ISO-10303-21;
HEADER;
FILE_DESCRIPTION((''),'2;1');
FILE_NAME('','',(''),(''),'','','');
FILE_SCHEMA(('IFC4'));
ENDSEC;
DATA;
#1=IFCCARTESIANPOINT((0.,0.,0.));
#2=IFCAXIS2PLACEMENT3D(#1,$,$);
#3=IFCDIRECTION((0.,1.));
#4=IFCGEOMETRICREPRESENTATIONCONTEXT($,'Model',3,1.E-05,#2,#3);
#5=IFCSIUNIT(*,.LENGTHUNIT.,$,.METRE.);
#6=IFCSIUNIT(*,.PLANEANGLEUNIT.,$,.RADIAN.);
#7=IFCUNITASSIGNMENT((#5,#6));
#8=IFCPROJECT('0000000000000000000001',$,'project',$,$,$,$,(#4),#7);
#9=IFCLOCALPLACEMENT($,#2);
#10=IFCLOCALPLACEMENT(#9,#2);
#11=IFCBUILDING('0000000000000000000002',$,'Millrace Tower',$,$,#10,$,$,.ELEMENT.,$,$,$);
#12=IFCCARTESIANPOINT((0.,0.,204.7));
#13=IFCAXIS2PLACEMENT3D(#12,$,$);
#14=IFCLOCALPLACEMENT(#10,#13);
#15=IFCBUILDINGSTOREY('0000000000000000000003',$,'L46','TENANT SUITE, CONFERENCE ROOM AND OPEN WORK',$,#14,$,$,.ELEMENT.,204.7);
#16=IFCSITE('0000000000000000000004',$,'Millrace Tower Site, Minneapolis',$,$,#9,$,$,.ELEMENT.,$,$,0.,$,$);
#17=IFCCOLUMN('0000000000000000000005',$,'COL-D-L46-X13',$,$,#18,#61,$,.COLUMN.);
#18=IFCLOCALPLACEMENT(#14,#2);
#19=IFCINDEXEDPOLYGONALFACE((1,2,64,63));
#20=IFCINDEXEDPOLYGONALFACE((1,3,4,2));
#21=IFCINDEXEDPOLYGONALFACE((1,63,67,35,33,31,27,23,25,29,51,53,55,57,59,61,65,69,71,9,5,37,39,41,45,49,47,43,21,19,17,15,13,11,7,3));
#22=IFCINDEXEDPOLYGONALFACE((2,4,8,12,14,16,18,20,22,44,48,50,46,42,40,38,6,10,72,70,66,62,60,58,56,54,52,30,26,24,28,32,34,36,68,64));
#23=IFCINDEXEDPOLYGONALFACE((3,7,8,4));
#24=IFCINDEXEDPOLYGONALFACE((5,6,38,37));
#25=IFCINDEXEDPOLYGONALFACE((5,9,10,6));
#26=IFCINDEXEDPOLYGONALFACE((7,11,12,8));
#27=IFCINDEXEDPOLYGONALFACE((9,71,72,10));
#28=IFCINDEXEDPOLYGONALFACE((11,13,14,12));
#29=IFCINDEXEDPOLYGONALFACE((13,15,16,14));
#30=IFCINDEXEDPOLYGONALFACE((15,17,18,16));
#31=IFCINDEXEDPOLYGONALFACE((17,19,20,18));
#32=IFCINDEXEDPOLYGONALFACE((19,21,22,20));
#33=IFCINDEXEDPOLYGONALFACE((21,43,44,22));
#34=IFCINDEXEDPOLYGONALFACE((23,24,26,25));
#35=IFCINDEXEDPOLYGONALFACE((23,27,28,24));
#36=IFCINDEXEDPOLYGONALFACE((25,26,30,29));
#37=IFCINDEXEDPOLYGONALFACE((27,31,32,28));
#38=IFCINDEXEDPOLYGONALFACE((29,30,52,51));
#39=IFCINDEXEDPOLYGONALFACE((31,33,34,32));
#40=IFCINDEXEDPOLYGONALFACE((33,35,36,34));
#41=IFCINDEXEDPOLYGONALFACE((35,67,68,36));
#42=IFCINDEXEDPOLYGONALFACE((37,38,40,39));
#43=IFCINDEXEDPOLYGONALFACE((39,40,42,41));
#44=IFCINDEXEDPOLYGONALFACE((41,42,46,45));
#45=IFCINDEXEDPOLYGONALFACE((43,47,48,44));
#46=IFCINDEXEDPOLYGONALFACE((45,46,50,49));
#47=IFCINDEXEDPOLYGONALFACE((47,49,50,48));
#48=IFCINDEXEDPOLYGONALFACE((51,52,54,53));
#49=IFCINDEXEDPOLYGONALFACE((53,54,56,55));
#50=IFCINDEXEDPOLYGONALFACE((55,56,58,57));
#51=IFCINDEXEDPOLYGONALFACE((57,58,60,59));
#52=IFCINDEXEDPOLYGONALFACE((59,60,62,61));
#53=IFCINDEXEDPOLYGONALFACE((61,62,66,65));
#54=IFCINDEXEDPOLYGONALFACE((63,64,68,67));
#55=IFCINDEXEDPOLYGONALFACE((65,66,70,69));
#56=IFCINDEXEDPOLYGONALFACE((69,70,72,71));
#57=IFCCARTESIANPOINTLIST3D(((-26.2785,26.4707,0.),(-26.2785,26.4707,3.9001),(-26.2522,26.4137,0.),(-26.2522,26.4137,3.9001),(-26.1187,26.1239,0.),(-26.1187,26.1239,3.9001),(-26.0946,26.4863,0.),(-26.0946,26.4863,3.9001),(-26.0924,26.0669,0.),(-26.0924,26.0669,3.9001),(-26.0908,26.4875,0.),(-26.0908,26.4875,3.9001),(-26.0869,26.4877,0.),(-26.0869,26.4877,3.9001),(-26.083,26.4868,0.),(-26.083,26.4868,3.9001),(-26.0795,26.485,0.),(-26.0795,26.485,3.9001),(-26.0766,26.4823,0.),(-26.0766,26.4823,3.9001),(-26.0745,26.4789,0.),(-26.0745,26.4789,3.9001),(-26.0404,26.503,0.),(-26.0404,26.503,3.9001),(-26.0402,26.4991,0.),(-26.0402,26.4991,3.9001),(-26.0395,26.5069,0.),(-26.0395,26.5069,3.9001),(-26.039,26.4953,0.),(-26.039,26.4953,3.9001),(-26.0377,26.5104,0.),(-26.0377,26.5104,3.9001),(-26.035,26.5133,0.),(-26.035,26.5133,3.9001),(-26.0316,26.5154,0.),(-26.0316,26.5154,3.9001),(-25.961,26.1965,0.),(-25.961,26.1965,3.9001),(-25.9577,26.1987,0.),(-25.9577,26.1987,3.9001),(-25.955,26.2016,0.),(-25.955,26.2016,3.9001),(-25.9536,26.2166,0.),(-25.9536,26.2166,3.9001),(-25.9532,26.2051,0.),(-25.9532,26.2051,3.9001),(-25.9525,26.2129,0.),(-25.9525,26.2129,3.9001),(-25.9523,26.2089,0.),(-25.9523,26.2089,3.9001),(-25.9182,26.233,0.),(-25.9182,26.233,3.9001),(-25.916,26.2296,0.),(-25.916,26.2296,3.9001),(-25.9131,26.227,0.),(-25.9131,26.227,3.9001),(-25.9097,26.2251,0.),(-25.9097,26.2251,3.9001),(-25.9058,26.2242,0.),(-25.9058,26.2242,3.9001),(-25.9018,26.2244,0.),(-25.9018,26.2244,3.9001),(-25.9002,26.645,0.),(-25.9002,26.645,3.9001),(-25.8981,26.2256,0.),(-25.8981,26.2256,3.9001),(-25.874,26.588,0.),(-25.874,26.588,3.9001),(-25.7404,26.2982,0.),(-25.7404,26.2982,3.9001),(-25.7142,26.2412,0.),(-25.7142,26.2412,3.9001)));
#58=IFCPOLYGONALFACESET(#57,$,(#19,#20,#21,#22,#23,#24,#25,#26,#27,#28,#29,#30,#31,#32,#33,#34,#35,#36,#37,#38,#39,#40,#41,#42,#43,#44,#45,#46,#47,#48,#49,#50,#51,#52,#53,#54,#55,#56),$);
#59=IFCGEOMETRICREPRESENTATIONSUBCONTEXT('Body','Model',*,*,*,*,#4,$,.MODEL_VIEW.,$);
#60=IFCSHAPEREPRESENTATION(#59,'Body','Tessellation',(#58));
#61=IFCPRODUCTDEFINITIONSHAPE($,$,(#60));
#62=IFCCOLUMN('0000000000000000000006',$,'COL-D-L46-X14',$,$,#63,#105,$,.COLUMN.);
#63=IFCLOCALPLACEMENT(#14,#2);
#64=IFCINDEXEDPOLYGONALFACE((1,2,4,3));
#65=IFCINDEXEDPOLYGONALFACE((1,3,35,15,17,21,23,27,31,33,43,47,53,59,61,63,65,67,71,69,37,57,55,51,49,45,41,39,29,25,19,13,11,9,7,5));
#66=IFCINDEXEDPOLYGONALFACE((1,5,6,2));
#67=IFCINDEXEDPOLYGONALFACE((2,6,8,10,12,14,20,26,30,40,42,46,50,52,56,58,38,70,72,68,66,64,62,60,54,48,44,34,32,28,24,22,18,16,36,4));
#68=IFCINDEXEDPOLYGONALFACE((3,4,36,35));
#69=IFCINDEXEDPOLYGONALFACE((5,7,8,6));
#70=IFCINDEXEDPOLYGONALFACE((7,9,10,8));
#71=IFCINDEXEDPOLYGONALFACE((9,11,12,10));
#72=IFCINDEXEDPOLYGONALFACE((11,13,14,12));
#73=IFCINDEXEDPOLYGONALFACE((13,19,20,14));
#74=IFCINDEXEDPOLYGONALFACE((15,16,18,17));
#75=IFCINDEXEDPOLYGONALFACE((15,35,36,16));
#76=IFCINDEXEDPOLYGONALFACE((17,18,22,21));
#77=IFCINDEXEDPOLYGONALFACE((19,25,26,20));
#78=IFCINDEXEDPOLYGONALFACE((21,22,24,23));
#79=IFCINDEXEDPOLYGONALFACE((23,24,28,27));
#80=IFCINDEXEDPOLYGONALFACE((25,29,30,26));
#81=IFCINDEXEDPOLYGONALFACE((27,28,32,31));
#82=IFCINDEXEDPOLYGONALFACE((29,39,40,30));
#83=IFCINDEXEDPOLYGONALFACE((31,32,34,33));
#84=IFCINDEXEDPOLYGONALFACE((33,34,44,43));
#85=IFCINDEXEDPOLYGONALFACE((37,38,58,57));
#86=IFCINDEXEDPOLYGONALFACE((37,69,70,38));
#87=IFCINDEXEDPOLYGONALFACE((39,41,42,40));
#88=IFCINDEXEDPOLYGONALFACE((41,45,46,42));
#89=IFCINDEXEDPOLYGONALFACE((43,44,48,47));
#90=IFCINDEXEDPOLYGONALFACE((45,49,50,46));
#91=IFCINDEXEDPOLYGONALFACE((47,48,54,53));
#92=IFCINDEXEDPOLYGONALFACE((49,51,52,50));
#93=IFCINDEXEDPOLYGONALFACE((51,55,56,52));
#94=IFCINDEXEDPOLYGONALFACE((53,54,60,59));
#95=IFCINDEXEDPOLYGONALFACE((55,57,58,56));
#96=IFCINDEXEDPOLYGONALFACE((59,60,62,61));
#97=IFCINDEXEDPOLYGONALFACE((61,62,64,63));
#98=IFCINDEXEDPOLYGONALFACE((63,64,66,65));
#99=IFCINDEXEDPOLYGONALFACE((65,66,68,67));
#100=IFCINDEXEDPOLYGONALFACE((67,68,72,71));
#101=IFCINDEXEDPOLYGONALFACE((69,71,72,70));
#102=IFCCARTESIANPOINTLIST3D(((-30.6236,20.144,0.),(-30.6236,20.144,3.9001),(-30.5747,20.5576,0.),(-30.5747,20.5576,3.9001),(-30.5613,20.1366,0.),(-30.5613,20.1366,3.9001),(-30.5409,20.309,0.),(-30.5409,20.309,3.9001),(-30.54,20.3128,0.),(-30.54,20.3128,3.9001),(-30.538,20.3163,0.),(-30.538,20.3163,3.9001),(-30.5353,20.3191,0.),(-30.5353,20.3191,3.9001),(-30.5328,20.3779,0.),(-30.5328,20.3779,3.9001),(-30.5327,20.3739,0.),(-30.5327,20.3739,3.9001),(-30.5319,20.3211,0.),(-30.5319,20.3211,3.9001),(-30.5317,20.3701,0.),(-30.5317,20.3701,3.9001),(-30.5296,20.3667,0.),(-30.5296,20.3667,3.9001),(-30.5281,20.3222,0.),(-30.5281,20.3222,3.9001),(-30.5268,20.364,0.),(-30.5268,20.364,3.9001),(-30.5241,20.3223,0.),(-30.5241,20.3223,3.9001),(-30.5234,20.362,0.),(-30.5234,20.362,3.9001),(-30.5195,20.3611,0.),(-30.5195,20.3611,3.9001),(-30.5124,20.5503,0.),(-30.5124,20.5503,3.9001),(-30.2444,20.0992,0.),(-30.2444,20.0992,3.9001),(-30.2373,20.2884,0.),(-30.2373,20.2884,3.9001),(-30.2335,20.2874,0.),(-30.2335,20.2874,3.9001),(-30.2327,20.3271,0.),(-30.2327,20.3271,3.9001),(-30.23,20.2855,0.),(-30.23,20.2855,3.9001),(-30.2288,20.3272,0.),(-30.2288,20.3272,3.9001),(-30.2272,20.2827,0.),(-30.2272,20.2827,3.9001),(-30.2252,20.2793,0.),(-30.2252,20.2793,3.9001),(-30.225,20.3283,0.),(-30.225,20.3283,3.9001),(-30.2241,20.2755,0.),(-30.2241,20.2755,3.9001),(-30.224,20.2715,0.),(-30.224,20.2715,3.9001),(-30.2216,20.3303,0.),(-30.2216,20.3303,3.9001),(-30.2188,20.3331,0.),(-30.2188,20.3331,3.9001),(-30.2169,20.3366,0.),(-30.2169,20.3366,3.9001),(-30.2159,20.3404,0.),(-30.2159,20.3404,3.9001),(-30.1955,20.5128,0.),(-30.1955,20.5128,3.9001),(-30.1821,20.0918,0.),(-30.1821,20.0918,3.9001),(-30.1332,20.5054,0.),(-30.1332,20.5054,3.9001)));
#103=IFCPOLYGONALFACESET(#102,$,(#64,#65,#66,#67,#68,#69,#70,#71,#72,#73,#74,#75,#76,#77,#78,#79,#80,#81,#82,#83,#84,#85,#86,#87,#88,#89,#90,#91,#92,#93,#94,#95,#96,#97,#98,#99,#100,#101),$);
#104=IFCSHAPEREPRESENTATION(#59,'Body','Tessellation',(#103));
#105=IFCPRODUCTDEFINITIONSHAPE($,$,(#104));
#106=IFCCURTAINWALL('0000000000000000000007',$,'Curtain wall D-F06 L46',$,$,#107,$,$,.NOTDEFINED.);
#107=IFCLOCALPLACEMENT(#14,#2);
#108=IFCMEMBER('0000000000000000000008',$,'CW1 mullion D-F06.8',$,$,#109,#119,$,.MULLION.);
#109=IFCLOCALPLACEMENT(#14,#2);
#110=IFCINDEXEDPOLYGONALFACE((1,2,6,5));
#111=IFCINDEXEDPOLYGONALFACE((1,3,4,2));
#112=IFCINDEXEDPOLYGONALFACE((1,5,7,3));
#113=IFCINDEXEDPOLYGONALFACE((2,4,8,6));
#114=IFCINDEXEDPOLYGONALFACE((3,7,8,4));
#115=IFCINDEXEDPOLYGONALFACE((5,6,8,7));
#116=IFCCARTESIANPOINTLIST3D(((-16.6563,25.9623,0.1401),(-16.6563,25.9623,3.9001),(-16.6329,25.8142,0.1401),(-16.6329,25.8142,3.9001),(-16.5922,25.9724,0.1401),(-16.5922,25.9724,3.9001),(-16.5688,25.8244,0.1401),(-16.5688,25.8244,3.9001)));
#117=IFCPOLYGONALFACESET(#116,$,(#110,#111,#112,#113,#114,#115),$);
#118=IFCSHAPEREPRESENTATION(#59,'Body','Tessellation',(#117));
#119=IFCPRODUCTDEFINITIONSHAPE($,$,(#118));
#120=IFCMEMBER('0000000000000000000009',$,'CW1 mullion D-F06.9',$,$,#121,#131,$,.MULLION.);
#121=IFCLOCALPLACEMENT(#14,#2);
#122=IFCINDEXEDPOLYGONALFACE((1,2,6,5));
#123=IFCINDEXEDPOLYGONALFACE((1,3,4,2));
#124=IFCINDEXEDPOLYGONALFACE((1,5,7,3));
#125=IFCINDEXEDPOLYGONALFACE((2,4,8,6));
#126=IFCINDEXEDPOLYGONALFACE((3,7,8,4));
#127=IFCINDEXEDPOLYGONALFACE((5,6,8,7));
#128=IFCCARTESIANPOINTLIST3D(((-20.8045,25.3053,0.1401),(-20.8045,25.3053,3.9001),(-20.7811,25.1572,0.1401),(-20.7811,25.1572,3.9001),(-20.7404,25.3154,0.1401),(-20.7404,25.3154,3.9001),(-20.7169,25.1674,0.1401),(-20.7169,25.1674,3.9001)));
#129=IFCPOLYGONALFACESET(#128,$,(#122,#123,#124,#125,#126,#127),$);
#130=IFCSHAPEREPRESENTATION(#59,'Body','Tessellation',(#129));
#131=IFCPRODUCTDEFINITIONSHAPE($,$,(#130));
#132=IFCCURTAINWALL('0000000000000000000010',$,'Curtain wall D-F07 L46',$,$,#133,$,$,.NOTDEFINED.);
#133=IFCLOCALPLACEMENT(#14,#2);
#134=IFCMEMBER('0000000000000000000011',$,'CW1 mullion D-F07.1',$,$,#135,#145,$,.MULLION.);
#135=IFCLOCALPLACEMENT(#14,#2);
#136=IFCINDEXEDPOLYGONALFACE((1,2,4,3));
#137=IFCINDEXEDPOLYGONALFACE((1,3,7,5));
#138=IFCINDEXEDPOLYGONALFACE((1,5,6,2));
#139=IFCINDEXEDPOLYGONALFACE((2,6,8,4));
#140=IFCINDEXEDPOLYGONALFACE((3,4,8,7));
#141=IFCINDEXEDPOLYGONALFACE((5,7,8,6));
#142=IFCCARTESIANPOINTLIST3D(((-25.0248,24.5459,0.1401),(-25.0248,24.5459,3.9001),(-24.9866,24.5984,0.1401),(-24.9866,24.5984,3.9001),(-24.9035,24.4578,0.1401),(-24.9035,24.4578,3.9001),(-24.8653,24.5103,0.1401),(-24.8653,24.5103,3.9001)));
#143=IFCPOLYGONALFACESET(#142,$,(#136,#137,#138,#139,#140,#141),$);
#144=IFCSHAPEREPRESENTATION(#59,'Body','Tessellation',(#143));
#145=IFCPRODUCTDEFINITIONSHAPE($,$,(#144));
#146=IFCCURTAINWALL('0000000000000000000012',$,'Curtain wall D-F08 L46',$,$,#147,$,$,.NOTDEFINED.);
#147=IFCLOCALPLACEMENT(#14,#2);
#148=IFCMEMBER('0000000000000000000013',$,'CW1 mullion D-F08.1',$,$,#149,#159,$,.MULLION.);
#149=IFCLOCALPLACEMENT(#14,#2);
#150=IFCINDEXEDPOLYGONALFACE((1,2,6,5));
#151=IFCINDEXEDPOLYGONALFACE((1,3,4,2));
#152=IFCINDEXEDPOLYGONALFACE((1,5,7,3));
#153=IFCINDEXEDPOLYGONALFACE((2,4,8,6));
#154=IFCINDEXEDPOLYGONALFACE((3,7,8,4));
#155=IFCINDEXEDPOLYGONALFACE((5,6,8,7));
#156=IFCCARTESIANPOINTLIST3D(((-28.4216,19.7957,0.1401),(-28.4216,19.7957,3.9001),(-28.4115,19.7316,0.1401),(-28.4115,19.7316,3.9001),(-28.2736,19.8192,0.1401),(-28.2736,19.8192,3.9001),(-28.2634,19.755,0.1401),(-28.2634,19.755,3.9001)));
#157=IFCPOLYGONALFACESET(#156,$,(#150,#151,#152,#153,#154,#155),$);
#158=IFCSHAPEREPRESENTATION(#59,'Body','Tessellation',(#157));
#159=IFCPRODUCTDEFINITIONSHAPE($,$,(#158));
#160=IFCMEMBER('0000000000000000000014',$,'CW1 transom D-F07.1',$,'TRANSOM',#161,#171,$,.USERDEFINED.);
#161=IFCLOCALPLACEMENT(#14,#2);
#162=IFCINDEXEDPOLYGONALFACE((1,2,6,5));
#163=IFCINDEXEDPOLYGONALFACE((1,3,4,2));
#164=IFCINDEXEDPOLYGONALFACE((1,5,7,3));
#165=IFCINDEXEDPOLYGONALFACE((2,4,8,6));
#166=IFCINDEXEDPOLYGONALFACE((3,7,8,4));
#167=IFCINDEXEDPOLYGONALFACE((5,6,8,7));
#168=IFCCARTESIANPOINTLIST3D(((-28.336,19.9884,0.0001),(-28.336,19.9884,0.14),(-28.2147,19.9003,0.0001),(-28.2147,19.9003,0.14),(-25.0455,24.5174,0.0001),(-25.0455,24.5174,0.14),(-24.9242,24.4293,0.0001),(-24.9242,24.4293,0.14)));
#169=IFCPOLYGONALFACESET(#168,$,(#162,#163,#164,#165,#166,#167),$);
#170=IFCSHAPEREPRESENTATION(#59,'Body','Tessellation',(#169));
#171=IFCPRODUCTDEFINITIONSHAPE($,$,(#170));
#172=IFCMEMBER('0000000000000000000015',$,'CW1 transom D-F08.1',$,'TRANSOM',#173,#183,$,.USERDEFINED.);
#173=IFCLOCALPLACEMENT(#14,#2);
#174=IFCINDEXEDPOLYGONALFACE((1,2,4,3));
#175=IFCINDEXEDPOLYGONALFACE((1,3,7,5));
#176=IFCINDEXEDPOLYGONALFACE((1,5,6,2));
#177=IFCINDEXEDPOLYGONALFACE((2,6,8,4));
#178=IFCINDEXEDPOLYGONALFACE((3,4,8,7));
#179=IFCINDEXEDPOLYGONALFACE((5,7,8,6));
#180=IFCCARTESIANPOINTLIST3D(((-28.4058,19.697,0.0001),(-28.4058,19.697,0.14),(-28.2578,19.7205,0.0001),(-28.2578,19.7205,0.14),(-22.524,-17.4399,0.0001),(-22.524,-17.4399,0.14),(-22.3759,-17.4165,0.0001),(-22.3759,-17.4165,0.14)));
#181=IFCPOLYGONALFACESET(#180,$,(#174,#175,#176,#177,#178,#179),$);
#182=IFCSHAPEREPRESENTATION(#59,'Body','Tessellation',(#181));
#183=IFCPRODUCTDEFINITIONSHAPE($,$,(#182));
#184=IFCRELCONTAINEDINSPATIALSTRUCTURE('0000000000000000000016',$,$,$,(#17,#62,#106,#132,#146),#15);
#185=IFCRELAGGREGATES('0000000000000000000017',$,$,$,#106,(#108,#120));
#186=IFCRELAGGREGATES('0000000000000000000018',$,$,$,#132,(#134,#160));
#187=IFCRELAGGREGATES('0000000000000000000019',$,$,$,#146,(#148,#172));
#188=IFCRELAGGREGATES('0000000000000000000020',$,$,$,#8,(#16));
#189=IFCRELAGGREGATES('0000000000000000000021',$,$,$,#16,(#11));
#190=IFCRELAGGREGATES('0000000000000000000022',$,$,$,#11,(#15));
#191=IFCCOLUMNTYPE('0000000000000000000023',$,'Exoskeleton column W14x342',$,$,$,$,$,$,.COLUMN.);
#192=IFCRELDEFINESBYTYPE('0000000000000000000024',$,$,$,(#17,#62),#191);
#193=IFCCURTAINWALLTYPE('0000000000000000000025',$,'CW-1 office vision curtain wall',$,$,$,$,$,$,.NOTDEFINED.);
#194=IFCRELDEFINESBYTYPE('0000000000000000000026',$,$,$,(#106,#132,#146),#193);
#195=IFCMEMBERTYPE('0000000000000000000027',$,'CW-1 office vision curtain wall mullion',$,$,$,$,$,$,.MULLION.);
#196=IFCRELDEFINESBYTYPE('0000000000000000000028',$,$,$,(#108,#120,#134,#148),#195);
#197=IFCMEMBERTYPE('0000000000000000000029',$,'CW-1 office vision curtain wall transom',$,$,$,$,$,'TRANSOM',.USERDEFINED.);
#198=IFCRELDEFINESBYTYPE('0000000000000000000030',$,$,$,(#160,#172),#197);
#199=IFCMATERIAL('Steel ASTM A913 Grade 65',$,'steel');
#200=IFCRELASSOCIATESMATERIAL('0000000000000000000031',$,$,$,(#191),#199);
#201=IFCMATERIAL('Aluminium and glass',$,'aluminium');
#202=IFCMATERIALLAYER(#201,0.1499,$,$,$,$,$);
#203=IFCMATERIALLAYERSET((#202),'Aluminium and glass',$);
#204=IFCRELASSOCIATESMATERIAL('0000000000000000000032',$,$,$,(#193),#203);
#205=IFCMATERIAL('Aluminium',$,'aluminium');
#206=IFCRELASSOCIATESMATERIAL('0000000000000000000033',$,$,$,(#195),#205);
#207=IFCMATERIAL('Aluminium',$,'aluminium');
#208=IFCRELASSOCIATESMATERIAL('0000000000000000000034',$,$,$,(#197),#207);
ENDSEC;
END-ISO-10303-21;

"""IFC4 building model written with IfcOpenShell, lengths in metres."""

from ifc_helpers import new_model, si_unit, direction, frame, origin, origin_2d, place, context, subcontext, project, spatial, rectangle, i_section, extrude, material, layer, layer_set, material_profile, profile_set, type_object, element, aggregate, save


model = new_model("IFC4")

# Units and contexts
model_context = context("Model", 3, precision=1e-05, world=origin(), true_north=direction((0.0, 1.0)))
body_context = subcontext(model_context, "Body", "Model", "MODEL_VIEW")
ifc_project = project(units=[si_unit("LENGTHUNIT", "METRE"), si_unit("PLANEANGLEUNIT", "RADIAN")], contexts=[model_context])

# Site, building, storey
site_placement = place(None, origin())
site = spatial("IfcSite", under=ifc_project, at=site_placement, Name="Millrace Tower Site, Minneapolis", CompositionType="ELEMENT", RefElevation=0.0)
building_placement = place(site_placement, origin())
building = spatial("IfcBuilding", under=site, at=building_placement, Name="Millrace Tower", CompositionType="ELEMENT")
storey_placement = place(building_placement, frame((0.0, 0.0, 204.7)))
storey = spatial("IfcBuildingStorey", under=building, at=storey_placement, Name="L46", Description="TENANT SUITE, CONFERENCE ROOM AND OPEN WORK", CompositionType="ELEMENT", Elevation=204.7)

# Columns
ifc_material_1 = material(Name="Steel ASTM A913 Grade 65", Category="steel")
ifc_material_profile_1 = material_profile(ifc_material_1, i_section(OverallWidth=0.4165, OverallDepth=0.4446, WebThickness=0.0391, FlangeThickness=0.0627, FilletRadius=0.0151, at=origin_2d()))
ifc_profile_set_1 = profile_set([ifc_material_profile_1], Name="Steel ASTM A913 Grade 65")
column_type = type_object("IfcColumnType", Name="Exoskeleton column W14x342", PredefinedType="COLUMN", material=ifc_profile_set_1)
for number, where, z_axis, x_axis, name in (
    (1, (-25.9963, 26.356, 0.0), (0.0, 0.0, 1.0), (-0.908192, -0.418553, 0.0), "COL-D-L46-X13"),
    (2, (-30.3784, 20.3247, 0.0), (0.0, 0.0, 1.0), (-0.117421, -0.993082, 0.0), "COL-D-L46-X14"),
):
    element("IfcColumn", number, at=place(storey_placement, frame(where, z_axis=z_axis, x_axis=x_axis)), inside=storey, type_object=column_type, Name=name, PredefinedType="COLUMN", context=body_context, shape_type="SweptSolid", body=[
        extrude(i_section(OverallWidth=0.4165, OverallDepth=0.4446, WebThickness=0.0391, FlangeThickness=0.0627, FilletRadius=0.0151, at=origin_2d()), origin(), (0.0, 0.0, 1.0), 3.9001),
    ])

# Curtain wall, members
ifc_material_2 = material(Name="Aluminium and glass", Category="aluminium")
ifc_layer_1 = layer(ifc_material_2, 0.1499)
ifc_layer_set_1 = layer_set([ifc_layer_1], Name="Aluminium and glass")
curtain_wall_type = type_object("IfcCurtainWallType", Name="CW-1 office vision curtain wall", PredefinedType="NOTDEFINED", material=ifc_layer_set_1)
placement = place(storey_placement, origin())
curtain_wall_1 = element("IfcCurtainWall", 3, at=placement, inside=storey, type_object=curtain_wall_type, Name="Curtain wall D-F06 L46", PredefinedType="NOTDEFINED")
ifc_material_3 = material(Name="Aluminium", Category="aluminium")
ifc_material_profile_2 = material_profile(ifc_material_3, rectangle(XDim=0.0649, YDim=0.1499, at=origin_2d()))
ifc_profile_set_2 = profile_set([ifc_material_profile_2], Name="Aluminium")
member_type_1 = type_object("IfcMemberType", Name="CW-1 office vision curtain wall mullion", PredefinedType="MULLION", material=ifc_profile_set_2)
member_1_placement = place(storey_placement, frame((-16.6125, 25.8933, 0.1401), z_axis=(0.0, 0.0, 1.0), x_axis=(-0.987688, -0.156434, 0.0)))
member_1 = element("IfcMember", 4, at=member_1_placement, type_object=member_type_1, Name="CW1 mullion D-F06.8", PredefinedType="MULLION", context=body_context, shape_type="SweptSolid", body=[
    extrude(rectangle(XDim=0.0649, YDim=0.1499, at=origin_2d()), origin(), (0.0, 0.0, 1.0), 3.76),
])
member_2_placement = place(storey_placement, frame((-20.7607, 25.2363, 0.1401), z_axis=(0.0, 0.0, 1.0), x_axis=(-0.987688, -0.156434, 0.0)))
member_2 = element("IfcMember", 5, at=member_2_placement, type_object=member_type_1, Name="CW1 mullion D-F06.9", PredefinedType="MULLION", context=body_context, shape_type="SweptSolid", body=[
    extrude(rectangle(XDim=0.0649, YDim=0.1499, at=origin_2d()), origin(), (0.0, 0.0, 1.0), 3.76),
])
aggregate(curtain_wall_1, [member_1, member_2])

# Curtain walls, members
curtain_wall_2 = element("IfcCurtainWall", 6, at=placement, inside=storey, type_object=curtain_wall_type, Name="Curtain wall D-F07 L46", PredefinedType="NOTDEFINED")
member_3_placement = place(storey_placement, frame((-24.9451, 24.5281, 0.1401), z_axis=(0.0, 0.0, 1.0), x_axis=(-0.587785, -0.809017, 0.0)))
member_3 = element("IfcMember", 7, at=member_3_placement, type_object=member_type_1, Name="CW1 mullion D-F07.1", PredefinedType="MULLION", context=body_context, shape_type="SweptSolid", body=[
    extrude(rectangle(XDim=0.0649, YDim=0.1499, at=origin_2d()), origin(), (0.0, 0.0, 1.0), 3.76),
])
curtain_wall_3 = element("IfcCurtainWall", 8, at=placement, inside=storey, type_object=curtain_wall_type, Name="Curtain wall D-F08 L46", PredefinedType="NOTDEFINED")
member_4_placement = place(storey_placement, frame((-28.3425, 19.7754, 0.1401), z_axis=(0.0, 0.0, 1.0), x_axis=(0.156434, -0.987688, 0.0)))
member_4 = element("IfcMember", 9, at=member_4_placement, type_object=member_type_1, Name="CW1 mullion D-F08.1", PredefinedType="MULLION", context=body_context, shape_type="SweptSolid", body=[
    extrude(rectangle(XDim=0.0649, YDim=0.1499, at=origin_2d()), origin(), (0.0, 0.0, 1.0), 3.76),
])

# Members
ifc_material_4 = material(Name="Aluminium", Category="aluminium")
ifc_material_profile_3 = material_profile(ifc_material_4, rectangle(XDim=0.1499, YDim=0.1399, at=origin_2d()))
ifc_profile_set_3 = profile_set([ifc_material_profile_3], Name="Aluminium")
member_type_2 = type_object("IfcMemberType", Name="CW-1 office vision curtain wall transom", ElementType="TRANSOM", PredefinedType="USERDEFINED", material=ifc_profile_set_3)
member_5_placement = place(storey_placement, frame((-24.9849, 24.4734, 0.0701), z_axis=(-0.587783, -0.809019, 0.0), x_axis=(0.809019, -0.587783, 0.0)))
member_5 = element("IfcMember", 10, at=member_5_placement, type_object=member_type_2, Name="CW1 transom D-F07.1", ObjectType="TRANSOM", PredefinedType="USERDEFINED", context=body_context, shape_type="SweptSolid", body=[
    extrude(rectangle(XDim=0.1499, YDim=0.1399, at=origin_2d()), origin(), (0.0, 0.0, 1.0), 5.5981),
])
aggregate(curtain_wall_2, [member_3, member_5])
member_6_placement = place(storey_placement, frame((-28.3318, 19.7087, 0.0701), z_axis=(0.156432, -0.987689, 0.0), x_axis=(0.987689, 0.156432, 0.0)))
member_6 = element("IfcMember", 11, at=member_6_placement, type_object=member_type_2, Name="CW1 transom D-F08.1", ObjectType="TRANSOM", PredefinedType="USERDEFINED", context=body_context, shape_type="SweptSolid", body=[
    extrude(rectangle(XDim=0.1499, YDim=0.1399, at=origin_2d()), origin(), (0.0, 0.0, 1.0), 37.5999),
])
aggregate(curtain_wall_3, [member_4, member_6])

save(model, "model.ifc")
